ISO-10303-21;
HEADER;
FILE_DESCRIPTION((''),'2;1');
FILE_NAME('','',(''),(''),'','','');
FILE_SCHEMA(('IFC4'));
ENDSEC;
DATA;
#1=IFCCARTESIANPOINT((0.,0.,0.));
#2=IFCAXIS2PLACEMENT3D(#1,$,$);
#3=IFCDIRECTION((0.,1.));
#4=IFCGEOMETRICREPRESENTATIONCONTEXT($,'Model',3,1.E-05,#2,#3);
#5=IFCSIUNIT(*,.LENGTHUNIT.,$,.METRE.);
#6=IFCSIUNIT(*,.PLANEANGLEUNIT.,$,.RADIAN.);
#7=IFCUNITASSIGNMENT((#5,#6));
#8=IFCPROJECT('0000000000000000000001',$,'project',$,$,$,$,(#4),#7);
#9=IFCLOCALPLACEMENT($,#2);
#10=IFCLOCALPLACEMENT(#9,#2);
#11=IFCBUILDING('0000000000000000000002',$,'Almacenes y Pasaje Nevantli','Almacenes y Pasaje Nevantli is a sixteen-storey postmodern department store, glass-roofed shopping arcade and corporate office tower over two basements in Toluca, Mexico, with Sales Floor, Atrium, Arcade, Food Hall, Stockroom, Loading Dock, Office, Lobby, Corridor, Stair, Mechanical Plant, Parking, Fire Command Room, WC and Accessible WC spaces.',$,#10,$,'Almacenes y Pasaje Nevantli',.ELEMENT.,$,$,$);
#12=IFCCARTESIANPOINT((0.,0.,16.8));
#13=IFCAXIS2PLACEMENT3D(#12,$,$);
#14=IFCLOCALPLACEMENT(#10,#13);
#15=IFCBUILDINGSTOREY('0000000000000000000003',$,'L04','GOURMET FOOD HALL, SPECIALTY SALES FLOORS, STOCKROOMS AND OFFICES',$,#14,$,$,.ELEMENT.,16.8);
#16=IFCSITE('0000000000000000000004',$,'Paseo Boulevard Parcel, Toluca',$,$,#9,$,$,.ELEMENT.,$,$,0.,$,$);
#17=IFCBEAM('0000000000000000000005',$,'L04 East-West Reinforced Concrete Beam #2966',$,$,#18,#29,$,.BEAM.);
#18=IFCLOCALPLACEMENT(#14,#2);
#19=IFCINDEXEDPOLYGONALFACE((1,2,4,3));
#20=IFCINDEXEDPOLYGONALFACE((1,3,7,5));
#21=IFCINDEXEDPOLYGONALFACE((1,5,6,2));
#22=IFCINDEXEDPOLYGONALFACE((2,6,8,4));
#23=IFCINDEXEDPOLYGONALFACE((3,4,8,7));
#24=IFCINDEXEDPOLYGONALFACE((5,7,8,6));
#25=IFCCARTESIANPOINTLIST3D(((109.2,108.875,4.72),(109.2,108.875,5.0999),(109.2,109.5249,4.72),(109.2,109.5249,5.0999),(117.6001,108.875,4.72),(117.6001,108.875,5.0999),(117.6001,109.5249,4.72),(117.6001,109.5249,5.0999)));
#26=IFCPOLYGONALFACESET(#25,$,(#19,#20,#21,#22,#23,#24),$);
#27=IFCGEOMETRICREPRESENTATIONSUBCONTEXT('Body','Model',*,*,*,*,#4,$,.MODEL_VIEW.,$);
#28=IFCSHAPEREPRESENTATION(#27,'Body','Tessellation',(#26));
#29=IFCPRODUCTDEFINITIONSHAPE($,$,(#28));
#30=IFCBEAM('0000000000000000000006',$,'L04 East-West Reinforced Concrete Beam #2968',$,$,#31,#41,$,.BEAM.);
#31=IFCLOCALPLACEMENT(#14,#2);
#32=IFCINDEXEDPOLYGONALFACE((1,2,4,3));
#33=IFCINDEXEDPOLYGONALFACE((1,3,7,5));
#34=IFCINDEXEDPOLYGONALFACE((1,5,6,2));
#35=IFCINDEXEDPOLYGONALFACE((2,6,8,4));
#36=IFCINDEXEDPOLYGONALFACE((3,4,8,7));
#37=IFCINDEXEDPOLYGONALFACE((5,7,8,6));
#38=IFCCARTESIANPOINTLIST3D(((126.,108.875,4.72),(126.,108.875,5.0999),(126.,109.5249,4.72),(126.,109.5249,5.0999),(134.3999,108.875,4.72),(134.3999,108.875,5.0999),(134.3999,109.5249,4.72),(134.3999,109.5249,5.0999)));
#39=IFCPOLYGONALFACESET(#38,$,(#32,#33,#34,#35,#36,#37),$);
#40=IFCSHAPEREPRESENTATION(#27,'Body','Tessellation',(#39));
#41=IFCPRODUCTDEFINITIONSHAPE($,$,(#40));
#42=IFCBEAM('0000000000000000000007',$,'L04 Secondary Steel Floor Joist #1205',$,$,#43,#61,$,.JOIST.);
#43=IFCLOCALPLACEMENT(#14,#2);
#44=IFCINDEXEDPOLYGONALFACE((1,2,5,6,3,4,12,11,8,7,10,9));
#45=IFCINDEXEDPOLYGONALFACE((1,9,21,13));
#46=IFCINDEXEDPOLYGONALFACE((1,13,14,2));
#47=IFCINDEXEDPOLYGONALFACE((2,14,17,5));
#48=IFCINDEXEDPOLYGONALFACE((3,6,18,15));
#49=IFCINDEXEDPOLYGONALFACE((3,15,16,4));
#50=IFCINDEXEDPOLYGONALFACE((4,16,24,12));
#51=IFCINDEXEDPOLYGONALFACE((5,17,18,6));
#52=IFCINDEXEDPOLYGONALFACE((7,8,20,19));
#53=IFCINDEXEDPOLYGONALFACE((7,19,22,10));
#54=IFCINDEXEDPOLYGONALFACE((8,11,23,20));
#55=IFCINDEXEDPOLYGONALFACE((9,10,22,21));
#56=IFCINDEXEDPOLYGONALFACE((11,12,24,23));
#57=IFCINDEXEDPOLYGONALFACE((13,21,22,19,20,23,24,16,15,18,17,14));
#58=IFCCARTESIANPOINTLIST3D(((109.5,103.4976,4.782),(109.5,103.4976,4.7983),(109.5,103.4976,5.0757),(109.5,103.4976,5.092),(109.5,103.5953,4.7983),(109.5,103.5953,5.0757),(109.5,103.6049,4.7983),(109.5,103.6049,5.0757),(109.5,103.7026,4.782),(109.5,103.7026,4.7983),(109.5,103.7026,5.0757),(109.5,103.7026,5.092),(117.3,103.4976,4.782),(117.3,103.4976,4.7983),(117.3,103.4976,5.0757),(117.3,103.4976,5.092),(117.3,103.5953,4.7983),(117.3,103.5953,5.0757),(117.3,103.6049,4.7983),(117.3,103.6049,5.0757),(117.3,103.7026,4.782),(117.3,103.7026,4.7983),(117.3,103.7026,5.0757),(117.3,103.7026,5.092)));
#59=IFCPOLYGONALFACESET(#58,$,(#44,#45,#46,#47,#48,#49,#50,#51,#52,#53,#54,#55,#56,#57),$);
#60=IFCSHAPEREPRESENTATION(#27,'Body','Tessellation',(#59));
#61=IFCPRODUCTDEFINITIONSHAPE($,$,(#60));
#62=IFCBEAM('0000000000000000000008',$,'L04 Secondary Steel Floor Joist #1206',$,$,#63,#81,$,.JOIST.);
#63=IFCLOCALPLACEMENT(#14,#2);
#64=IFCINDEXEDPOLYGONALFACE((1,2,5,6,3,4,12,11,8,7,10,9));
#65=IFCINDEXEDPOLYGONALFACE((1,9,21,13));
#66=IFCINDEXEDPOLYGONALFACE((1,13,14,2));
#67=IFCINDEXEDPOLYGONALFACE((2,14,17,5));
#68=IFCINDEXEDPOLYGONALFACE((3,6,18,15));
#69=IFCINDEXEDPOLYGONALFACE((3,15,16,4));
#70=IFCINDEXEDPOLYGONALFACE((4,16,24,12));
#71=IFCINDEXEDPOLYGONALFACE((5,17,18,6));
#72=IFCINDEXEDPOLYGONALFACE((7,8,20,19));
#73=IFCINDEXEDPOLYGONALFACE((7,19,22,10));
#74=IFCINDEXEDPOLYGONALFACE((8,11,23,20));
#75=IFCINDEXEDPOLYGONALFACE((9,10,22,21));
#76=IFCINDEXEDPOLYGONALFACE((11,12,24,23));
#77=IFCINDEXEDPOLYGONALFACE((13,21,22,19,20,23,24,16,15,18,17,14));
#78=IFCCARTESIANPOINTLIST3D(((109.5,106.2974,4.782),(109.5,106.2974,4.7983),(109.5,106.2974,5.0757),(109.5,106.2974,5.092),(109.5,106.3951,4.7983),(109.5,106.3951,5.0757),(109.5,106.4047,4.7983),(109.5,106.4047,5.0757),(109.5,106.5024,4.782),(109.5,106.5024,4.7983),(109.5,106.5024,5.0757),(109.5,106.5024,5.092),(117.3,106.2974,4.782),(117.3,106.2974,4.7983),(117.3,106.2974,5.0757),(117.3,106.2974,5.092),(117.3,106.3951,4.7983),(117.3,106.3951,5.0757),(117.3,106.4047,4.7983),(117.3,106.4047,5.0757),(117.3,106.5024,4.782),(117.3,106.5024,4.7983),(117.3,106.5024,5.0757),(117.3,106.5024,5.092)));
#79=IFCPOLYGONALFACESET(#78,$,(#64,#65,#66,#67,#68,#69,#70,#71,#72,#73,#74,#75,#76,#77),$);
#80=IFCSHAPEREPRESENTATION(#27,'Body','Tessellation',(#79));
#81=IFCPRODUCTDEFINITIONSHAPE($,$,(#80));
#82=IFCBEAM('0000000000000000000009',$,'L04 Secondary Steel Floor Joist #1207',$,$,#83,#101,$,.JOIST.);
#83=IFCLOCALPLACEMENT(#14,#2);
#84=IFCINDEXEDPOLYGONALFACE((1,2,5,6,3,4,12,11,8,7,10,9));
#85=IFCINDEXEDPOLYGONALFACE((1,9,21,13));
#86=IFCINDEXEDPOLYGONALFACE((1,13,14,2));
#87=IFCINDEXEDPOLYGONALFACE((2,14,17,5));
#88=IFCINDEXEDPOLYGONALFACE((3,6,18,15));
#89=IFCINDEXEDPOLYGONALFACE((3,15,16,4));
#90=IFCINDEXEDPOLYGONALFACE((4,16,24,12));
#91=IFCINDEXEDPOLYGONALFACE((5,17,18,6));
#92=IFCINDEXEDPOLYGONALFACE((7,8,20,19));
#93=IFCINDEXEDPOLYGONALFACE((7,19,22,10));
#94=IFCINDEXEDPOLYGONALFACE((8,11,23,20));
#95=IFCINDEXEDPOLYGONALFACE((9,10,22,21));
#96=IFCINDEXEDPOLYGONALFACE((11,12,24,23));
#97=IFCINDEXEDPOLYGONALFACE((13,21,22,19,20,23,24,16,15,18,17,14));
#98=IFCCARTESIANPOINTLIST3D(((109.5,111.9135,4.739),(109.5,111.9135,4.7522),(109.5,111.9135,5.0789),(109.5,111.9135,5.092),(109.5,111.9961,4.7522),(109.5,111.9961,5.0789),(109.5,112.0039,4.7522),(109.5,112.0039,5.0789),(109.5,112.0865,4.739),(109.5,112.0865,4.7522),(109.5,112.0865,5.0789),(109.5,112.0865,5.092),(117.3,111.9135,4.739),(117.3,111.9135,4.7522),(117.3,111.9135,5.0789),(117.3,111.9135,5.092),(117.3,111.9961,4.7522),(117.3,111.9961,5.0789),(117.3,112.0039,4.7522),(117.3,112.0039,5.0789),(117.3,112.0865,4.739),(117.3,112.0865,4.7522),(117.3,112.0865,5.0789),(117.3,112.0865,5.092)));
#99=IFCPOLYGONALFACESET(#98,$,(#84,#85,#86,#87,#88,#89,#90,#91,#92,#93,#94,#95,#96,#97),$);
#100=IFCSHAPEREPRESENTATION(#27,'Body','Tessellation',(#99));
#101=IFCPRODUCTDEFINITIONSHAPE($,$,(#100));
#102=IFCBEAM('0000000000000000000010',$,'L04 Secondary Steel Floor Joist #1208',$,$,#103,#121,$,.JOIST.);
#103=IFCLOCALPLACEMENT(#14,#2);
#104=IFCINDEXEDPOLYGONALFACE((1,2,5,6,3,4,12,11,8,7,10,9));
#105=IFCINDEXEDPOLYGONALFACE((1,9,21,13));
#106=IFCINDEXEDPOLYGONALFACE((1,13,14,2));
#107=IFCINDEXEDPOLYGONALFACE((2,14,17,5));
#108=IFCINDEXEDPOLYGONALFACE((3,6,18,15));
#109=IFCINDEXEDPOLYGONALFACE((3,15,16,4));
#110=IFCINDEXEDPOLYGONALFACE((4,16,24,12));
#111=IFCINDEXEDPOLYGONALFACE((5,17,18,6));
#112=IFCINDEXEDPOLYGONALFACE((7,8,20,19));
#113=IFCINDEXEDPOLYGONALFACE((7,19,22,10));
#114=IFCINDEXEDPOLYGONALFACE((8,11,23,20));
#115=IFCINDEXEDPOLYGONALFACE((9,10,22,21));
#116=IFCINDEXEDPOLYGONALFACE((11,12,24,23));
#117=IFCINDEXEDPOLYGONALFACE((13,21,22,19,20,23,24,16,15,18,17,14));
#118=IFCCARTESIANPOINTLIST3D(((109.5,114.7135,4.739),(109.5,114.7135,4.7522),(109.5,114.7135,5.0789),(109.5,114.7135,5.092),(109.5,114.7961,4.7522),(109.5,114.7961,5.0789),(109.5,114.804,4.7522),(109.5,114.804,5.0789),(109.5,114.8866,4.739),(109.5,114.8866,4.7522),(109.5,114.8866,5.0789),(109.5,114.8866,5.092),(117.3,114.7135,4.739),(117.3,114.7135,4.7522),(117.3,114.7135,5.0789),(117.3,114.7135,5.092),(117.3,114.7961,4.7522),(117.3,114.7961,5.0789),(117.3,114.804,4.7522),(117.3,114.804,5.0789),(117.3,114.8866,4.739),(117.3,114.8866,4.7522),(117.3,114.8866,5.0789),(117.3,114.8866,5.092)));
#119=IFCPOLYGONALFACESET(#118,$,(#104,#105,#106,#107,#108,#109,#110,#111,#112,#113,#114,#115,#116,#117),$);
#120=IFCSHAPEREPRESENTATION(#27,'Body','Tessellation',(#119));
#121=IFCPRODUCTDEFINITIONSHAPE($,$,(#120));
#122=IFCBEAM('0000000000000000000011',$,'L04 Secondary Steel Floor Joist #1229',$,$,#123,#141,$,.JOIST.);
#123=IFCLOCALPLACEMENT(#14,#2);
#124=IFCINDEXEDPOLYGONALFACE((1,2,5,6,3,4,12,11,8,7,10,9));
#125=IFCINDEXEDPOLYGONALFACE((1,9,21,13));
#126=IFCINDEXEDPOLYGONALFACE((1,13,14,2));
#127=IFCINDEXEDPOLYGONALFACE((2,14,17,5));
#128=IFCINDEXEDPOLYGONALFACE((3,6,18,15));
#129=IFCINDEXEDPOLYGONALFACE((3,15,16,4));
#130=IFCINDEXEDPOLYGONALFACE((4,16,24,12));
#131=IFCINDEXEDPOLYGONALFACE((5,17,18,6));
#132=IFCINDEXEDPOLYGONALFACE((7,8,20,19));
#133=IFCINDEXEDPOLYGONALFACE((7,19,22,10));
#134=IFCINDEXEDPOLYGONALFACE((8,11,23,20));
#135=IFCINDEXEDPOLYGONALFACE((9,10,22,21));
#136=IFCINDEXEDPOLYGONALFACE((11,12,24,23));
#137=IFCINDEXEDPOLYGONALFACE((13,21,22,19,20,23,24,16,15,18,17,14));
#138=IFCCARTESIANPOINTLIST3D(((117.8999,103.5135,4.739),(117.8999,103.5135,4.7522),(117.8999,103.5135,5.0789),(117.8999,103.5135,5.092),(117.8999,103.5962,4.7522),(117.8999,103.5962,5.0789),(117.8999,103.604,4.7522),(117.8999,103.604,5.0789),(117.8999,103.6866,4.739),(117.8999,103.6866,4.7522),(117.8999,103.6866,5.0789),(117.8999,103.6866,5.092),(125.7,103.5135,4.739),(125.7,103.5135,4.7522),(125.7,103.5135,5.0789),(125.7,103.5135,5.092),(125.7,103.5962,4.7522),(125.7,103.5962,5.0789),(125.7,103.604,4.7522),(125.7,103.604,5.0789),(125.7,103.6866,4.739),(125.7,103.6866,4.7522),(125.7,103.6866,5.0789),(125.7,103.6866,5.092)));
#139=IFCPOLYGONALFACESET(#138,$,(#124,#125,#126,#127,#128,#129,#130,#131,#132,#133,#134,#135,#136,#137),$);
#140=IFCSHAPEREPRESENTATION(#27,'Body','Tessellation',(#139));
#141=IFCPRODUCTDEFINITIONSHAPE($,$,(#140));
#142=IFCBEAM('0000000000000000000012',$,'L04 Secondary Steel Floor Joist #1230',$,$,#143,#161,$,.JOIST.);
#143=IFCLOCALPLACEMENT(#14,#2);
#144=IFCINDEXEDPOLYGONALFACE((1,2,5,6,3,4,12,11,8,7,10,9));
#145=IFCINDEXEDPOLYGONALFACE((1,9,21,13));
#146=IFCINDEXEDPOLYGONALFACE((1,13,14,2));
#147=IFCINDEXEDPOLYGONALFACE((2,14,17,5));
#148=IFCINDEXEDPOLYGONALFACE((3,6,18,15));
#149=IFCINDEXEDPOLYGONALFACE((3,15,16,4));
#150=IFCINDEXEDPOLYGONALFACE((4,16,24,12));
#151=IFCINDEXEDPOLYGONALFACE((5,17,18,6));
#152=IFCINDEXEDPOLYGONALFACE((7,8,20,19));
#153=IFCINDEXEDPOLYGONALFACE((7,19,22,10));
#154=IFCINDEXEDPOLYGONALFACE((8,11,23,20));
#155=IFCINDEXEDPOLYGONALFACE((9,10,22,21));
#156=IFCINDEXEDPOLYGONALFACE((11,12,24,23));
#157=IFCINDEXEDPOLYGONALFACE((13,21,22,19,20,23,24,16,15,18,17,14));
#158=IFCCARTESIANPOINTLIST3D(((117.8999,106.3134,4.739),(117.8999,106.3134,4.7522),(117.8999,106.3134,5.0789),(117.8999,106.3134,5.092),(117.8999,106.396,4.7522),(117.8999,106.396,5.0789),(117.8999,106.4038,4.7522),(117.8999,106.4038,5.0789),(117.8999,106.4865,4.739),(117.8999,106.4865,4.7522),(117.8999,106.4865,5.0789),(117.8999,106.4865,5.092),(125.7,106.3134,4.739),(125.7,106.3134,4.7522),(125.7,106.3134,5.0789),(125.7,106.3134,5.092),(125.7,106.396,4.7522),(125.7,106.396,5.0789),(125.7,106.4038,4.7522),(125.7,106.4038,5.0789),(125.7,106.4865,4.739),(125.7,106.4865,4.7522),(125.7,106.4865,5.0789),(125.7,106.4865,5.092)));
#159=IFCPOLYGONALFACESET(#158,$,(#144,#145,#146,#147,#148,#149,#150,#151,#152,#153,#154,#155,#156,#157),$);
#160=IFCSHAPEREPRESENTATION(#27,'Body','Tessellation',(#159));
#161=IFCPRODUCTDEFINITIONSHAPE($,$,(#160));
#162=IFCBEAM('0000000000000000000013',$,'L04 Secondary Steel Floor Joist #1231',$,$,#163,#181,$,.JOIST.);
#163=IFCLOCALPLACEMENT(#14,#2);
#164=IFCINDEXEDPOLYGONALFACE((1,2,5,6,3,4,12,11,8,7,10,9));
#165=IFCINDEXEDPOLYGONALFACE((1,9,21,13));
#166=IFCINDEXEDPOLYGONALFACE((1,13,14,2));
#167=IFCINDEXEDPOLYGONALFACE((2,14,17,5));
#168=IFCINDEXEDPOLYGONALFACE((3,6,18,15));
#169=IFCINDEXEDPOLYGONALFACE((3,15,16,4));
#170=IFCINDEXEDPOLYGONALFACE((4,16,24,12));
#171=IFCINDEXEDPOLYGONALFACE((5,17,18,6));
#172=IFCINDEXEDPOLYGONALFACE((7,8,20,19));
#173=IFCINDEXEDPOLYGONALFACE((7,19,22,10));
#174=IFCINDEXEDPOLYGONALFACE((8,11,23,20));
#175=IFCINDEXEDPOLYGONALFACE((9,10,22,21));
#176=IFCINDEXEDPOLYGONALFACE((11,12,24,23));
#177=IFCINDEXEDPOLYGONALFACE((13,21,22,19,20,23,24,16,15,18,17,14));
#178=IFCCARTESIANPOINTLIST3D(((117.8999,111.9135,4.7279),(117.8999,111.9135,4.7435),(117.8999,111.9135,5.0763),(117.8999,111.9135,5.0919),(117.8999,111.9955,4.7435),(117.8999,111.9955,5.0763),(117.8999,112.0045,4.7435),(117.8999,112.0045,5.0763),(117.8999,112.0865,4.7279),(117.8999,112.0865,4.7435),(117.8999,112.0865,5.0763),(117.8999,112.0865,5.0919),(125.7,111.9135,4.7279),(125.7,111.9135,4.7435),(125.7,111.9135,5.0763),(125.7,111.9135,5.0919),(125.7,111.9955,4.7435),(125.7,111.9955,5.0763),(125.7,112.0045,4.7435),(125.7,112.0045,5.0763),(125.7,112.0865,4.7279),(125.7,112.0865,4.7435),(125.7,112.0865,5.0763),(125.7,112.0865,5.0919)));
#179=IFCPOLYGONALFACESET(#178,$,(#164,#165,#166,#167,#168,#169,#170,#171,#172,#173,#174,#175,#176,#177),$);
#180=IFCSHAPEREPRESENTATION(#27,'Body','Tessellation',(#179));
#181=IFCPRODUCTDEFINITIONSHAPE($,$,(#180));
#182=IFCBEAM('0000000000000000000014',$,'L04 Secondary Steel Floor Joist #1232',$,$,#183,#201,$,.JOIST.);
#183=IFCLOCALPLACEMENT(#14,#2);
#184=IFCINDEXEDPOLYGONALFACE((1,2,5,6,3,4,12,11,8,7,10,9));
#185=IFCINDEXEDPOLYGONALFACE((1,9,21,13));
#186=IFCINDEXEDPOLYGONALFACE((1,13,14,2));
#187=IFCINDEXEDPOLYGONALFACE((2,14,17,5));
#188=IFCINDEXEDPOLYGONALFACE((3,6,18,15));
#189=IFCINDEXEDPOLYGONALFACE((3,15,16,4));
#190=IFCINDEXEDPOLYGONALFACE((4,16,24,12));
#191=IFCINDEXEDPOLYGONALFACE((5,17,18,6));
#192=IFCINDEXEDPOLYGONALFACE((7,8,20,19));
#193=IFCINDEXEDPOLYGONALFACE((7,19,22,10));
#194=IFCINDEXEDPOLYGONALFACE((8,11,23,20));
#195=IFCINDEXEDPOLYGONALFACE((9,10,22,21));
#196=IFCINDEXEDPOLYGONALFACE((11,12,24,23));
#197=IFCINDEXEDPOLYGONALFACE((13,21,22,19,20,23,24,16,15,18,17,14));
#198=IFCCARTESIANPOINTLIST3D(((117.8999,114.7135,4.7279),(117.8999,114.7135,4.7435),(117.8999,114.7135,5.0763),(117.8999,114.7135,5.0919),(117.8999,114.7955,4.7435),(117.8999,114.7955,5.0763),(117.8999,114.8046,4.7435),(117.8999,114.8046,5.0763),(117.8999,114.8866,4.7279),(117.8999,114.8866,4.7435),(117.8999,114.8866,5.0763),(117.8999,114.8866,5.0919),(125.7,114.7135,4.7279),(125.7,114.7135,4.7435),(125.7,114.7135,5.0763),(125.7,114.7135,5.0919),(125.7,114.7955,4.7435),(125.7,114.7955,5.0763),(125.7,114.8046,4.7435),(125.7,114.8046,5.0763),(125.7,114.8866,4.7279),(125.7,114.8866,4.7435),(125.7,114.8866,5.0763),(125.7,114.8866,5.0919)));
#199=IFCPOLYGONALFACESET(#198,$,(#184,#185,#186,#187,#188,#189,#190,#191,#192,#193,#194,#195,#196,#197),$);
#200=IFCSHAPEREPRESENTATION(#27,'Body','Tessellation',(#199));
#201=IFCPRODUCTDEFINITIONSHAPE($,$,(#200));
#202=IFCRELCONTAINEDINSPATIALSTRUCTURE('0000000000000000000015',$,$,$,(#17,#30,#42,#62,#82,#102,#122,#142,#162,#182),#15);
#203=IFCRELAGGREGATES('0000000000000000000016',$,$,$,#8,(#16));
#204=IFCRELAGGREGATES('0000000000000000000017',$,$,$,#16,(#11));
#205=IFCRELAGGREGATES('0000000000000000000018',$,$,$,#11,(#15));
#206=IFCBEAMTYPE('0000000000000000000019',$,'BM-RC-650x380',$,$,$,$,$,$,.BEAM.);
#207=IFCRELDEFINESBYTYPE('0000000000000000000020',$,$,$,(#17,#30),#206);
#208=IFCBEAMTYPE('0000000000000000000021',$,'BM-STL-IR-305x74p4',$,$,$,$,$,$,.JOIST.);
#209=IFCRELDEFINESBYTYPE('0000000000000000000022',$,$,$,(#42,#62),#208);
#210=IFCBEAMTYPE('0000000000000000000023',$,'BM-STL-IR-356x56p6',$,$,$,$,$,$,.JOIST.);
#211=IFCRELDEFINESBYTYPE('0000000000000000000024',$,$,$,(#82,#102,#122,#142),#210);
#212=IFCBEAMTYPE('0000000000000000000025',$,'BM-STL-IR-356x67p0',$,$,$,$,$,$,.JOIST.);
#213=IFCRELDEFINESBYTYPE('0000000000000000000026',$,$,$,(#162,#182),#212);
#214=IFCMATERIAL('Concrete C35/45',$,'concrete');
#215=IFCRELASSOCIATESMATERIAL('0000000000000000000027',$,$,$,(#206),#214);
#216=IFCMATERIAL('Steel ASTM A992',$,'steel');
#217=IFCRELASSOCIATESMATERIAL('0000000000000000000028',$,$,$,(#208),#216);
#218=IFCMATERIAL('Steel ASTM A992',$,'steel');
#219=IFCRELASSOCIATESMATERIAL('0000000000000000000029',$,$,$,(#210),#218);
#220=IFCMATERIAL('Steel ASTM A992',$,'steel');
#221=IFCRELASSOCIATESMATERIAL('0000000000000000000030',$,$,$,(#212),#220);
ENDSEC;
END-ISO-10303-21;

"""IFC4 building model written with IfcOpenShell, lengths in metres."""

from ifc_helpers import new_model, si_unit, direction, frame, origin, origin_2d, place, context, subcontext, project, spatial, rectangle, i_section, extrude, material, material_profile, profile_set, type_object, element, save


model = new_model("IFC4")

# Units and contexts
model_context = context("Model", 3, precision=1e-05, world=origin(), true_north=direction((0.0, 1.0)))
body_context = subcontext(model_context, "Body", "Model", "MODEL_VIEW")
ifc_project = project(units=[si_unit("LENGTHUNIT", "METRE"), si_unit("PLANEANGLEUNIT", "RADIAN")], contexts=[model_context])

# Site, building, storey
site_placement = place(None, origin())
site = spatial("IfcSite", under=ifc_project, at=site_placement, Name="Paseo Boulevard Parcel, Toluca", CompositionType="ELEMENT", RefElevation=0.0)
building_placement = place(site_placement, origin())
building = spatial("IfcBuilding", under=site, at=building_placement, Name="Almacenes y Pasaje Nevantli", Description="Almacenes y Pasaje Nevantli is a sixteen-storey postmodern department store, glass-roofed shopping arcade and corporate office tower over two basements in Toluca, Mexico, with Sales Floor, Atrium, Arcade, Food Hall, Stockroom, Loading Dock, Office, Lobby, Corridor, Stair, Mechanical Plant, Parking, Fire Command Room, WC and Accessible WC spaces.", LongName="Almacenes y Pasaje Nevantli", CompositionType="ELEMENT")
storey_placement = place(building_placement, frame((0.0, 0.0, 16.8)))
storey = spatial("IfcBuildingStorey", under=building, at=storey_placement, Name="L04", Description="GOURMET FOOD HALL, SPECIALTY SALES FLOORS, STOCKROOMS AND OFFICES", CompositionType="ELEMENT", Elevation=16.8)

# Beams
ifc_material_1 = material(Name="Concrete C35/45", Category="concrete")
ifc_material_profile_1 = material_profile(ifc_material_1, rectangle(XDim=0.6499, YDim=0.3799, at=origin_2d()), Name="RC-BM-650x380")
ifc_profile_set_1 = profile_set([ifc_material_profile_1], Name="Concrete C35/45")
beam_type_1 = type_object("IfcBeamType", Name="BM-RC-650x380", PredefinedType="BEAM", material=ifc_profile_set_1)
beam_1_placement = place(storey_placement, frame((109.2, 109.2, 4.9099), z_axis=(1.0, 0.0, 0.0), x_axis=(0.0, 1.0, 0.0)))
element("IfcBeam", 1, at=beam_1_placement, inside=storey, type_object=beam_type_1, Name="L04 East-West Reinforced Concrete Beam #2966", PredefinedType="BEAM", context=body_context, shape_type="SweptSolid", body=[
    extrude(rectangle(XDim=0.6499, YDim=0.3799, at=origin_2d()), origin(), (0.0, 0.0, 1.0), 8.4001),
])
beam_2_placement = place(storey_placement, frame((126.0, 109.2, 4.9099), z_axis=(1.0, 0.0, 0.0), x_axis=(0.0, 1.0, 0.0)))
element("IfcBeam", 2, at=beam_2_placement, inside=storey, type_object=beam_type_1, Name="L04 East-West Reinforced Concrete Beam #2968", PredefinedType="BEAM", context=body_context, shape_type="SweptSolid", body=[
    extrude(rectangle(XDim=0.6499, YDim=0.3799, at=origin_2d()), origin(), (0.0, 0.0, 1.0), 8.3999),
])
ifc_material_2 = material(Name="Steel ASTM A992", Category="steel")
ifc_material_profile_2 = material_profile(ifc_material_2, i_section(OverallWidth=0.2051, OverallDepth=0.3101, WebThickness=0.0095, FlangeThickness=0.0164, at=origin_2d()), Name="IR 305x74.4")
ifc_profile_set_2 = profile_set([ifc_material_profile_2], Name="Steel ASTM A992")
beam_type_2 = type_object("IfcBeamType", Name="BM-STL-IR-305x74p4", PredefinedType="JOIST", material=ifc_profile_set_2)
for number, where, z_axis, x_axis, name in (
    (3, (109.5, 103.6001, 4.937), (1.0, 0.0, 0.0), (0.0, 1.0, 0.0), "L04 Secondary Steel Floor Joist #1205"),
    (4, (109.5, 106.3999, 4.937), (1.0, 0.0, 0.0), (0.0, 1.0, 0.0), "L04 Secondary Steel Floor Joist #1206"),
):
    element("IfcBeam", number, at=place(storey_placement, frame(where, z_axis=z_axis, x_axis=x_axis)), inside=storey, type_object=beam_type_2, Name=name, PredefinedType="JOIST", context=body_context, shape_type="SweptSolid", body=[
        extrude(i_section(OverallWidth=0.2051, OverallDepth=0.3101, WebThickness=0.0095, FlangeThickness=0.0164, at=origin_2d()), origin(), (0.0, 0.0, 1.0), 7.8),
    ])
ifc_material_3 = material(Name="Steel ASTM A992", Category="steel")
ifc_material_profile_3 = material_profile(ifc_material_3, i_section(OverallWidth=0.1731, OverallDepth=0.353, WebThickness=0.0078, FlangeThickness=0.0132, at=origin_2d()), Name="IR 356x56.6")
ifc_profile_set_3 = profile_set([ifc_material_profile_3], Name="Steel ASTM A992")
beam_type_3 = type_object("IfcBeamType", Name="BM-STL-IR-356x56p6", PredefinedType="JOIST", material=ifc_profile_set_3)
for number, where, z_axis, x_axis, name in (
    (5, (109.5, 112.0, 4.9155), (1.0, 0.0, 0.0), (0.0, 1.0, 0.0), "L04 Secondary Steel Floor Joist #1207"),
    (6, (109.5, 114.8, 4.9155), (1.0, 0.0, 0.0), (0.0, 1.0, 0.0), "L04 Secondary Steel Floor Joist #1208"),
    (7, (117.8999, 103.6001, 4.9155), (1.0, 0.0, 0.0), (0.0, 1.0, 0.0), "L04 Secondary Steel Floor Joist #1229"),
    (8, (117.8999, 106.3999, 4.9155), (1.0, 0.0, 0.0), (0.0, 1.0, 0.0), "L04 Secondary Steel Floor Joist #1230"),
):
    element("IfcBeam", number, at=place(storey_placement, frame(where, z_axis=z_axis, x_axis=x_axis)), inside=storey, type_object=beam_type_3, Name=name, PredefinedType="JOIST", context=body_context, shape_type="SweptSolid", body=[
        extrude(i_section(OverallWidth=0.1731, OverallDepth=0.353, WebThickness=0.0078, FlangeThickness=0.0132, at=origin_2d()), origin(), (0.0, 0.0, 1.0), 7.8),
    ])
ifc_material_4 = material(Name="Steel ASTM A992", Category="steel")
ifc_material_profile_4 = material_profile(ifc_material_4, i_section(OverallWidth=0.1731, OverallDepth=0.364, WebThickness=0.009, FlangeThickness=0.0156, at=origin_2d()), Name="IR 356x67.0")
ifc_profile_set_4 = profile_set([ifc_material_profile_4], Name="Steel ASTM A992")
beam_type_4 = type_object("IfcBeamType", Name="BM-STL-IR-356x67p0", PredefinedType="JOIST", material=ifc_profile_set_4)
for number, where, z_axis, x_axis, name in (
    (9, (117.8999, 112.0, 4.9099), (1.0, 0.0, 0.0), (0.0, 1.0, 0.0), "L04 Secondary Steel Floor Joist #1231"),
    (10, (117.8999, 114.8, 4.9099), (1.0, 0.0, 0.0), (0.0, 1.0, 0.0), "L04 Secondary Steel Floor Joist #1232"),
):
    element("IfcBeam", number, at=place(storey_placement, frame(where, z_axis=z_axis, x_axis=x_axis)), inside=storey, type_object=beam_type_4, Name=name, PredefinedType="JOIST", context=body_context, shape_type="SweptSolid", body=[
        extrude(i_section(OverallWidth=0.1731, OverallDepth=0.364, WebThickness=0.009, FlangeThickness=0.0156, at=origin_2d()), origin(), (0.0, 0.0, 1.0), 7.8),
    ])

save(model, "model.ifc")
